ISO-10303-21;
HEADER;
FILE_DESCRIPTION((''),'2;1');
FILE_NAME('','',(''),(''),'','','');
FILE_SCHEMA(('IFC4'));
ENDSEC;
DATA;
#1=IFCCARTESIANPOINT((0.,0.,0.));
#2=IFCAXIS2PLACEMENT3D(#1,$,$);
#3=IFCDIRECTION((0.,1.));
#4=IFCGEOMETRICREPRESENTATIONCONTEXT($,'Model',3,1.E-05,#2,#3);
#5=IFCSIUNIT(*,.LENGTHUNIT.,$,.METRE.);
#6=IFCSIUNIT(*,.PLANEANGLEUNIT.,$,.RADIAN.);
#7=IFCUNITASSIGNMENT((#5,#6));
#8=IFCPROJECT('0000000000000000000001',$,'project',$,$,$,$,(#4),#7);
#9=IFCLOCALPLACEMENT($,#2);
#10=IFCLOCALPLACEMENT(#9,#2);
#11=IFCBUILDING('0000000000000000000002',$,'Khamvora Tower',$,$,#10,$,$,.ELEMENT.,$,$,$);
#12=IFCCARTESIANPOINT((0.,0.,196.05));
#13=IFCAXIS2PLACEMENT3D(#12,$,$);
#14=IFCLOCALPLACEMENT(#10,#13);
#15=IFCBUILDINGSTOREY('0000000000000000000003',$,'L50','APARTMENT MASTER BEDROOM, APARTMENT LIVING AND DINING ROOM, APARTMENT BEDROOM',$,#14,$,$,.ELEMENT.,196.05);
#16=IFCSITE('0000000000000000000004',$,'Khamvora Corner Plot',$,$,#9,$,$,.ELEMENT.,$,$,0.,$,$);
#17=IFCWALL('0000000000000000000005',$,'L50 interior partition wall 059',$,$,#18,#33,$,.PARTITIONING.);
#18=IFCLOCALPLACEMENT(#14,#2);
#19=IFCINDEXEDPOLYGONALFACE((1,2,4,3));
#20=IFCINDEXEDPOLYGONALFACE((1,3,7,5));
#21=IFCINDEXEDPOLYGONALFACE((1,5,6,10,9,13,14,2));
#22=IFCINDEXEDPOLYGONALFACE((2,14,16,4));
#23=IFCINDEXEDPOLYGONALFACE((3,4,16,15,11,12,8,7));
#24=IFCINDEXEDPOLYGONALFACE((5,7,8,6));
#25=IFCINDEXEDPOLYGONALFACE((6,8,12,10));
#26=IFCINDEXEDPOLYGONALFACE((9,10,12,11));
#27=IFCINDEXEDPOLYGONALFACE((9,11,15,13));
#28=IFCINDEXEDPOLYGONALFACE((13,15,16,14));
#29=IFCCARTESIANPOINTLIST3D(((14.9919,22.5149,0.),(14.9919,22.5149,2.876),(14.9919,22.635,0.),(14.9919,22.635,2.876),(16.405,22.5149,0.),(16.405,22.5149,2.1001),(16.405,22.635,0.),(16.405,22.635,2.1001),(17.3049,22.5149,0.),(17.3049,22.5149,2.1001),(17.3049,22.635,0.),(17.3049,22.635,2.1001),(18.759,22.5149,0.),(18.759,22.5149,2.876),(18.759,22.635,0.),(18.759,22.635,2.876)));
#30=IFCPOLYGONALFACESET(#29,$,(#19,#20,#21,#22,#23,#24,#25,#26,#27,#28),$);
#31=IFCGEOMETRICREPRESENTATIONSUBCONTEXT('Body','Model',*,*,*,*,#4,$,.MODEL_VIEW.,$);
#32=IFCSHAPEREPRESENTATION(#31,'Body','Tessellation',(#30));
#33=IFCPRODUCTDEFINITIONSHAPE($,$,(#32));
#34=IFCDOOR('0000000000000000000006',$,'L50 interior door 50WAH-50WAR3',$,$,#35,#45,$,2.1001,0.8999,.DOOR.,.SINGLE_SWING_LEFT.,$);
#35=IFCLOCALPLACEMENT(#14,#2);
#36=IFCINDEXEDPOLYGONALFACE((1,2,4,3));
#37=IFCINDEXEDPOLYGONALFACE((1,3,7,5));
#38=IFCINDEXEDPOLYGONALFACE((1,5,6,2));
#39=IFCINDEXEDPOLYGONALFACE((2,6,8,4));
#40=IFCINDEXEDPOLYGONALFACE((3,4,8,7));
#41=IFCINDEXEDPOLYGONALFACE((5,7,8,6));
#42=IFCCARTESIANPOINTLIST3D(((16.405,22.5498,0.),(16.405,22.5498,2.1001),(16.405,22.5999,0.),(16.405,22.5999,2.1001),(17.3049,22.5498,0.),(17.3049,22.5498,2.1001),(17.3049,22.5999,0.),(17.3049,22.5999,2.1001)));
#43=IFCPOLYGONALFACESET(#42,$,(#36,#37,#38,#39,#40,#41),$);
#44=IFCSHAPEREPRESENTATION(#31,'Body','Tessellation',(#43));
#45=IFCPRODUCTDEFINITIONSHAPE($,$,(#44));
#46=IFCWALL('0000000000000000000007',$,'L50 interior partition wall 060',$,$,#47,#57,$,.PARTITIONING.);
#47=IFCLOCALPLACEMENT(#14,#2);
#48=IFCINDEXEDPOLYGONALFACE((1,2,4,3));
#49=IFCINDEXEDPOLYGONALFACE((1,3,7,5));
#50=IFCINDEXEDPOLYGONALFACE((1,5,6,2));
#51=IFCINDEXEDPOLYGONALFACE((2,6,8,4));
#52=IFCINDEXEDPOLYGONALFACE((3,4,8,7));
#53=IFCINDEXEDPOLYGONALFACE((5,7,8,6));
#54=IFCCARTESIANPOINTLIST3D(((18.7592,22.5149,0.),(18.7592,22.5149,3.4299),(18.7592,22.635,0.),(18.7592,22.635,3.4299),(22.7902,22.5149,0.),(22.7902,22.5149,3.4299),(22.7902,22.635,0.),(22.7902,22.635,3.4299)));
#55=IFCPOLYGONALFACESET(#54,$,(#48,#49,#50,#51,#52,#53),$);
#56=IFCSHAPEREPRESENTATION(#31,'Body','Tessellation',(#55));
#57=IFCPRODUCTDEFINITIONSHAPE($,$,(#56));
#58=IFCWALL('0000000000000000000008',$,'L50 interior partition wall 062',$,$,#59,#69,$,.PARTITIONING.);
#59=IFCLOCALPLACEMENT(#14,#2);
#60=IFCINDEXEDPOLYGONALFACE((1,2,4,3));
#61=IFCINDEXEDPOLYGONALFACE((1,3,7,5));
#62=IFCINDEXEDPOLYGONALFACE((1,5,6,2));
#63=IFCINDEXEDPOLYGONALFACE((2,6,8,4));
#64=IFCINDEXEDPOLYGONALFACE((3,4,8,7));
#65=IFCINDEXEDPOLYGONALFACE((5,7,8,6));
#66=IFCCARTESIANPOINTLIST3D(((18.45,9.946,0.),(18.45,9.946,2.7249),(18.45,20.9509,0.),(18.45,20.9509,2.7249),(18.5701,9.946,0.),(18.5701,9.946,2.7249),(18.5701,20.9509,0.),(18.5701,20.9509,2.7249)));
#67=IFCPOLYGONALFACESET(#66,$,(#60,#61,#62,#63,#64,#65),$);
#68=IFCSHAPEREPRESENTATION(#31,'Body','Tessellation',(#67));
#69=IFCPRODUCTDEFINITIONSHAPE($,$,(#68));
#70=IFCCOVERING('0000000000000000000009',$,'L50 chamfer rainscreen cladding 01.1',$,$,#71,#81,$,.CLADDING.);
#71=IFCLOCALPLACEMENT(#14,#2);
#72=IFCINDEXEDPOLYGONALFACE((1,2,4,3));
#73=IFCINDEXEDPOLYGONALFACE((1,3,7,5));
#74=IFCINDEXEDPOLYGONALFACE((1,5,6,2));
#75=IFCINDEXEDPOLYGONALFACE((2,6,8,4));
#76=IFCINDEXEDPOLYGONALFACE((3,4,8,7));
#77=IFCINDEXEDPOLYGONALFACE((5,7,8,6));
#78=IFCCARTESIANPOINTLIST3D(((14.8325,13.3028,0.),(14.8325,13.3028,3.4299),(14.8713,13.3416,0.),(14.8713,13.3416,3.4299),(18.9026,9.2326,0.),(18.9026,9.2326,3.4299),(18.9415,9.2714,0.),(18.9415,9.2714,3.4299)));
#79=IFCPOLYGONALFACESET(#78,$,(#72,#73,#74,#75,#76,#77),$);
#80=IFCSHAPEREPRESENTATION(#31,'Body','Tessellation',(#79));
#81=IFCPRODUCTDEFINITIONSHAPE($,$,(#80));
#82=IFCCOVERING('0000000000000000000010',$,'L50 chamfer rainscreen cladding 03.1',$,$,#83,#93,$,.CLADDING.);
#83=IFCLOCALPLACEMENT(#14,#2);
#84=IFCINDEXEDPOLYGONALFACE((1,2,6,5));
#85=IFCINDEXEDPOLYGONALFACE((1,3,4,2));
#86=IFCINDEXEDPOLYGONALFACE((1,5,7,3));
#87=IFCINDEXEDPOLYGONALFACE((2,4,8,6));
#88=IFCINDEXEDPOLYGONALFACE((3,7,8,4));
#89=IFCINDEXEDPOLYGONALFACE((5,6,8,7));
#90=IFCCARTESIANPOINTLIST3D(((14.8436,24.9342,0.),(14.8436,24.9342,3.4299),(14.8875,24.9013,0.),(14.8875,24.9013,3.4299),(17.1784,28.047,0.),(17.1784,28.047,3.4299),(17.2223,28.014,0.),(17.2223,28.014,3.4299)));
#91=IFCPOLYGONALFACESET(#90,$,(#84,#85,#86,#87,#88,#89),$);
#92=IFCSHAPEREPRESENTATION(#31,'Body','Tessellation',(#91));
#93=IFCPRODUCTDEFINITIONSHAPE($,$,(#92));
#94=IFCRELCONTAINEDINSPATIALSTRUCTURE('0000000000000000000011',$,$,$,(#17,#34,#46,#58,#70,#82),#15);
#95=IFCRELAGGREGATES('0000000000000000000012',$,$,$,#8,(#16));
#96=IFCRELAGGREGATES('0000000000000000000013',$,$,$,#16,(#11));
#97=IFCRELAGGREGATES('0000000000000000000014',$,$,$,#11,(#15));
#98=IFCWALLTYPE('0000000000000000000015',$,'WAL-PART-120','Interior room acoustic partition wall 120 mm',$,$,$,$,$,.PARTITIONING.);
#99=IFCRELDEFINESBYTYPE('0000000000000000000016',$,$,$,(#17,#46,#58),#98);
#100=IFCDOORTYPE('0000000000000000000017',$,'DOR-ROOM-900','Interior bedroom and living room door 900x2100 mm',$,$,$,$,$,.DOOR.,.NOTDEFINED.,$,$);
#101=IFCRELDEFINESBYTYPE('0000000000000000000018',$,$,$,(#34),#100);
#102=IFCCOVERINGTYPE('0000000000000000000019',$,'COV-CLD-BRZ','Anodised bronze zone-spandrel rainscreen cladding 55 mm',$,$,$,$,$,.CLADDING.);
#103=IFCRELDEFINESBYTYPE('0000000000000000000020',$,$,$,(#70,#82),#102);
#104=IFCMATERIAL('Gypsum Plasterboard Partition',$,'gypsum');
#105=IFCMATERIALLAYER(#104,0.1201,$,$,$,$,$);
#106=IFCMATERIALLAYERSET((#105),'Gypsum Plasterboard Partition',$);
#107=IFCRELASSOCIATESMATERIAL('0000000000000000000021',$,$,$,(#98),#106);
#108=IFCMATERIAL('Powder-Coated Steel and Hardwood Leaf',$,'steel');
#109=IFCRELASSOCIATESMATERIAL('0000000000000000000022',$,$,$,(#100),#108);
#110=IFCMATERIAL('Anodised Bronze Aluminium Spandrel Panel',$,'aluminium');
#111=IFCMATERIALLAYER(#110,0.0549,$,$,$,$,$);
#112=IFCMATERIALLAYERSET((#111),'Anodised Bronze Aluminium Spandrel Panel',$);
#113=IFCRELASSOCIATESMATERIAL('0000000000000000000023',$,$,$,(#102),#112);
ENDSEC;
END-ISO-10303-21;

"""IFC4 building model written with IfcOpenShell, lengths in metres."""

from ifc_helpers import new_model, si_unit, direction, frame, frame_2d, origin, origin_2d, place, context, subcontext, project, spatial, rectangle, extrude, material, layer, layer_set, type_object, element, fill, save


model = new_model("IFC4")

# Units and contexts
model_context = context("Model", 3, precision=1e-05, world=origin(), true_north=direction((0.0, 1.0)))
body_context = subcontext(model_context, "Body", "Model", "MODEL_VIEW")
ifc_project = project(units=[si_unit("LENGTHUNIT", "METRE"), si_unit("PLANEANGLEUNIT", "RADIAN")], contexts=[model_context])

# Site, building, storey
site_placement = place(None, origin())
site = spatial("IfcSite", under=ifc_project, at=site_placement, Name="Khamvora Corner Plot", CompositionType="ELEMENT", RefElevation=0.0)
building_placement = place(site_placement, origin())
building = spatial("IfcBuilding", under=site, at=building_placement, Name="Khamvora Tower", CompositionType="ELEMENT")
storey_placement = place(building_placement, frame((0.0, 0.0, 196.05)))
storey = spatial("IfcBuildingStorey", under=building, at=storey_placement, Name="L50", Description="APARTMENT MASTER BEDROOM, APARTMENT LIVING AND DINING ROOM, APARTMENT BEDROOM", CompositionType="ELEMENT", Elevation=196.05)

# Wall, opening, door
ifc_material_1 = material(Name="Gypsum Plasterboard Partition", Category="gypsum")
ifc_layer_1 = layer(ifc_material_1, 0.1201)
ifc_layer_set_1 = layer_set([ifc_layer_1], Name="Gypsum Plasterboard Partition")
wall_type_1 = type_object("IfcWallType", Name="WAL-PART-120", Description="Interior room acoustic partition wall 120 mm", PredefinedType="PARTITIONING", material=ifc_layer_set_1)
ifc_material_2 = material(Name="Powder-Coated Steel and Hardwood Leaf", Category="steel")
door_type = type_object("IfcDoorType", Name="DOR-ROOM-900", Description="Interior bedroom and living room door 900x2100 mm", OperationType="NOTDEFINED", PredefinedType="DOOR", material=ifc_material_2)
wall_1_placement = place(storey_placement, frame((14.9919, 22.575, 0.0), z_axis=(0.0, 0.0, 1.0), x_axis=(1.0, 0.0, 0.0)))
wall_1 = element("IfcWall", 1, at=wall_1_placement, inside=storey, type_object=wall_type_1, Name="L50 interior partition wall 059", PredefinedType="PARTITIONING", context=body_context, shape_type="SweptSolid", body=[
    extrude(rectangle(XDim=3.7671, YDim=0.1201, at=frame_2d((1.8835, 0.0))), origin(), (0.0, 0.0, 1.0), 2.876),
])
opening_1_placement = place(wall_1_placement, frame((1.4131, 0.0, 0.0)))
opening_1 = element("IfcOpeningElement", 2, at=opening_1_placement, cuts=wall_1, PredefinedType="OPENING", context=body_context, shape_type="SweptSolid", body=[
    extrude(rectangle(XDim=0.8999, YDim=2.1001, at=frame_2d((0.45, 1.05))), frame((0.0, 0.0701, 0.0), z_axis=(0.0, -1.0, 0.0), x_axis=(1.0, 0.0, 0.0)), (0.0, 0.0, 1.0), 0.1401),
])
door_1_placement = place(opening_1_placement, origin())
door_1 = element("IfcDoor", 3, at=door_1_placement, inside=storey, type_object=door_type, Name="L50 interior door 50WAH-50WAR3", OperationType="SINGLE_SWING_LEFT", OverallHeight=2.1001, OverallWidth=0.8999, PredefinedType="DOOR", context=body_context, shape_type="SweptSolid", body=[
    extrude(rectangle(XDim=0.8999, YDim=2.1001, at=frame_2d((0.45, 1.05))), frame((0.0, 0.0249, 0.0), z_axis=(0.0, -1.0, 0.0), x_axis=(1.0, 0.0, 0.0)), (0.0, 0.0, 1.0), 0.05),
])
fill(opening_1, door_1)

# Walls
wall_2_placement = place(storey_placement, frame((18.759, 22.575, 0.0), z_axis=(0.0, 0.0, 1.0), x_axis=(1.0, 0.0, 0.0)))
element("IfcWall", 4, at=wall_2_placement, inside=storey, type_object=wall_type_1, Name="L50 interior partition wall 060", PredefinedType="PARTITIONING", context=body_context, shape_type="SweptSolid", body=[
    extrude(rectangle(XDim=4.031, YDim=0.1201, at=frame_2d((2.0156, 0.0))), origin(), (0.0, 0.0, 1.0), 3.4299),
])
wall_3_placement = place(storey_placement, frame((18.51, 20.9509, 0.0), z_axis=(0.0, 0.0, 1.0), x_axis=(0.0, -1.0, 0.0)))
element("IfcWall", 5, at=wall_3_placement, inside=storey, type_object=wall_type_1, Name="L50 interior partition wall 062", PredefinedType="PARTITIONING", context=body_context, shape_type="SweptSolid", body=[
    extrude(rectangle(XDim=11.0049, YDim=0.1201, at=frame_2d((5.5024, 0.0))), origin(), (0.0, 0.0, 1.0), 2.7249),
])

# Coverings
ifc_material_3 = material(Name="Anodised Bronze Aluminium Spandrel Panel", Category="aluminium")
ifc_layer_2 = layer(ifc_material_3, 0.0549)
ifc_layer_set_2 = layer_set([ifc_layer_2], Name="Anodised Bronze Aluminium Spandrel Panel")
covering_type = type_object("IfcCoveringType", Name="COV-CLD-BRZ", Description="Anodised bronze zone-spandrel rainscreen cladding 55 mm", PredefinedType="CLADDING", material=ifc_layer_set_2)
covering_1_placement = place(storey_placement, frame((16.887, 11.2871, 0.0), z_axis=(0.0, 0.0, 1.0), x_axis=(-0.707107, 0.707107, 0.0)))
element("IfcCovering", 6, at=covering_1_placement, inside=storey, type_object=covering_type, Name="L50 chamfer rainscreen cladding 01.1", PredefinedType="CLADDING", context=body_context, shape_type="SweptSolid", body=[
    extrude(rectangle(XDim=5.7561, YDim=0.0549, at=origin_2d()), origin(), (0.0, 0.0, 1.0), 3.4299),
])
covering_2_placement = place(storey_placement, frame((16.033, 26.4741, 0.0), z_axis=(0.0, 0.0, 1.0), x_axis=(0.60004, 0.79997, 0.0)))
element("IfcCovering", 7, at=covering_2_placement, inside=storey, type_object=covering_type, Name="L50 chamfer rainscreen cladding 03.1", PredefinedType="CLADDING", context=body_context, shape_type="SweptSolid", body=[
    extrude(rectangle(XDim=3.8911, YDim=0.0549, at=origin_2d()), origin(), (0.0, 0.0, 1.0), 3.4299),
])

save(model, "model.ifc")
